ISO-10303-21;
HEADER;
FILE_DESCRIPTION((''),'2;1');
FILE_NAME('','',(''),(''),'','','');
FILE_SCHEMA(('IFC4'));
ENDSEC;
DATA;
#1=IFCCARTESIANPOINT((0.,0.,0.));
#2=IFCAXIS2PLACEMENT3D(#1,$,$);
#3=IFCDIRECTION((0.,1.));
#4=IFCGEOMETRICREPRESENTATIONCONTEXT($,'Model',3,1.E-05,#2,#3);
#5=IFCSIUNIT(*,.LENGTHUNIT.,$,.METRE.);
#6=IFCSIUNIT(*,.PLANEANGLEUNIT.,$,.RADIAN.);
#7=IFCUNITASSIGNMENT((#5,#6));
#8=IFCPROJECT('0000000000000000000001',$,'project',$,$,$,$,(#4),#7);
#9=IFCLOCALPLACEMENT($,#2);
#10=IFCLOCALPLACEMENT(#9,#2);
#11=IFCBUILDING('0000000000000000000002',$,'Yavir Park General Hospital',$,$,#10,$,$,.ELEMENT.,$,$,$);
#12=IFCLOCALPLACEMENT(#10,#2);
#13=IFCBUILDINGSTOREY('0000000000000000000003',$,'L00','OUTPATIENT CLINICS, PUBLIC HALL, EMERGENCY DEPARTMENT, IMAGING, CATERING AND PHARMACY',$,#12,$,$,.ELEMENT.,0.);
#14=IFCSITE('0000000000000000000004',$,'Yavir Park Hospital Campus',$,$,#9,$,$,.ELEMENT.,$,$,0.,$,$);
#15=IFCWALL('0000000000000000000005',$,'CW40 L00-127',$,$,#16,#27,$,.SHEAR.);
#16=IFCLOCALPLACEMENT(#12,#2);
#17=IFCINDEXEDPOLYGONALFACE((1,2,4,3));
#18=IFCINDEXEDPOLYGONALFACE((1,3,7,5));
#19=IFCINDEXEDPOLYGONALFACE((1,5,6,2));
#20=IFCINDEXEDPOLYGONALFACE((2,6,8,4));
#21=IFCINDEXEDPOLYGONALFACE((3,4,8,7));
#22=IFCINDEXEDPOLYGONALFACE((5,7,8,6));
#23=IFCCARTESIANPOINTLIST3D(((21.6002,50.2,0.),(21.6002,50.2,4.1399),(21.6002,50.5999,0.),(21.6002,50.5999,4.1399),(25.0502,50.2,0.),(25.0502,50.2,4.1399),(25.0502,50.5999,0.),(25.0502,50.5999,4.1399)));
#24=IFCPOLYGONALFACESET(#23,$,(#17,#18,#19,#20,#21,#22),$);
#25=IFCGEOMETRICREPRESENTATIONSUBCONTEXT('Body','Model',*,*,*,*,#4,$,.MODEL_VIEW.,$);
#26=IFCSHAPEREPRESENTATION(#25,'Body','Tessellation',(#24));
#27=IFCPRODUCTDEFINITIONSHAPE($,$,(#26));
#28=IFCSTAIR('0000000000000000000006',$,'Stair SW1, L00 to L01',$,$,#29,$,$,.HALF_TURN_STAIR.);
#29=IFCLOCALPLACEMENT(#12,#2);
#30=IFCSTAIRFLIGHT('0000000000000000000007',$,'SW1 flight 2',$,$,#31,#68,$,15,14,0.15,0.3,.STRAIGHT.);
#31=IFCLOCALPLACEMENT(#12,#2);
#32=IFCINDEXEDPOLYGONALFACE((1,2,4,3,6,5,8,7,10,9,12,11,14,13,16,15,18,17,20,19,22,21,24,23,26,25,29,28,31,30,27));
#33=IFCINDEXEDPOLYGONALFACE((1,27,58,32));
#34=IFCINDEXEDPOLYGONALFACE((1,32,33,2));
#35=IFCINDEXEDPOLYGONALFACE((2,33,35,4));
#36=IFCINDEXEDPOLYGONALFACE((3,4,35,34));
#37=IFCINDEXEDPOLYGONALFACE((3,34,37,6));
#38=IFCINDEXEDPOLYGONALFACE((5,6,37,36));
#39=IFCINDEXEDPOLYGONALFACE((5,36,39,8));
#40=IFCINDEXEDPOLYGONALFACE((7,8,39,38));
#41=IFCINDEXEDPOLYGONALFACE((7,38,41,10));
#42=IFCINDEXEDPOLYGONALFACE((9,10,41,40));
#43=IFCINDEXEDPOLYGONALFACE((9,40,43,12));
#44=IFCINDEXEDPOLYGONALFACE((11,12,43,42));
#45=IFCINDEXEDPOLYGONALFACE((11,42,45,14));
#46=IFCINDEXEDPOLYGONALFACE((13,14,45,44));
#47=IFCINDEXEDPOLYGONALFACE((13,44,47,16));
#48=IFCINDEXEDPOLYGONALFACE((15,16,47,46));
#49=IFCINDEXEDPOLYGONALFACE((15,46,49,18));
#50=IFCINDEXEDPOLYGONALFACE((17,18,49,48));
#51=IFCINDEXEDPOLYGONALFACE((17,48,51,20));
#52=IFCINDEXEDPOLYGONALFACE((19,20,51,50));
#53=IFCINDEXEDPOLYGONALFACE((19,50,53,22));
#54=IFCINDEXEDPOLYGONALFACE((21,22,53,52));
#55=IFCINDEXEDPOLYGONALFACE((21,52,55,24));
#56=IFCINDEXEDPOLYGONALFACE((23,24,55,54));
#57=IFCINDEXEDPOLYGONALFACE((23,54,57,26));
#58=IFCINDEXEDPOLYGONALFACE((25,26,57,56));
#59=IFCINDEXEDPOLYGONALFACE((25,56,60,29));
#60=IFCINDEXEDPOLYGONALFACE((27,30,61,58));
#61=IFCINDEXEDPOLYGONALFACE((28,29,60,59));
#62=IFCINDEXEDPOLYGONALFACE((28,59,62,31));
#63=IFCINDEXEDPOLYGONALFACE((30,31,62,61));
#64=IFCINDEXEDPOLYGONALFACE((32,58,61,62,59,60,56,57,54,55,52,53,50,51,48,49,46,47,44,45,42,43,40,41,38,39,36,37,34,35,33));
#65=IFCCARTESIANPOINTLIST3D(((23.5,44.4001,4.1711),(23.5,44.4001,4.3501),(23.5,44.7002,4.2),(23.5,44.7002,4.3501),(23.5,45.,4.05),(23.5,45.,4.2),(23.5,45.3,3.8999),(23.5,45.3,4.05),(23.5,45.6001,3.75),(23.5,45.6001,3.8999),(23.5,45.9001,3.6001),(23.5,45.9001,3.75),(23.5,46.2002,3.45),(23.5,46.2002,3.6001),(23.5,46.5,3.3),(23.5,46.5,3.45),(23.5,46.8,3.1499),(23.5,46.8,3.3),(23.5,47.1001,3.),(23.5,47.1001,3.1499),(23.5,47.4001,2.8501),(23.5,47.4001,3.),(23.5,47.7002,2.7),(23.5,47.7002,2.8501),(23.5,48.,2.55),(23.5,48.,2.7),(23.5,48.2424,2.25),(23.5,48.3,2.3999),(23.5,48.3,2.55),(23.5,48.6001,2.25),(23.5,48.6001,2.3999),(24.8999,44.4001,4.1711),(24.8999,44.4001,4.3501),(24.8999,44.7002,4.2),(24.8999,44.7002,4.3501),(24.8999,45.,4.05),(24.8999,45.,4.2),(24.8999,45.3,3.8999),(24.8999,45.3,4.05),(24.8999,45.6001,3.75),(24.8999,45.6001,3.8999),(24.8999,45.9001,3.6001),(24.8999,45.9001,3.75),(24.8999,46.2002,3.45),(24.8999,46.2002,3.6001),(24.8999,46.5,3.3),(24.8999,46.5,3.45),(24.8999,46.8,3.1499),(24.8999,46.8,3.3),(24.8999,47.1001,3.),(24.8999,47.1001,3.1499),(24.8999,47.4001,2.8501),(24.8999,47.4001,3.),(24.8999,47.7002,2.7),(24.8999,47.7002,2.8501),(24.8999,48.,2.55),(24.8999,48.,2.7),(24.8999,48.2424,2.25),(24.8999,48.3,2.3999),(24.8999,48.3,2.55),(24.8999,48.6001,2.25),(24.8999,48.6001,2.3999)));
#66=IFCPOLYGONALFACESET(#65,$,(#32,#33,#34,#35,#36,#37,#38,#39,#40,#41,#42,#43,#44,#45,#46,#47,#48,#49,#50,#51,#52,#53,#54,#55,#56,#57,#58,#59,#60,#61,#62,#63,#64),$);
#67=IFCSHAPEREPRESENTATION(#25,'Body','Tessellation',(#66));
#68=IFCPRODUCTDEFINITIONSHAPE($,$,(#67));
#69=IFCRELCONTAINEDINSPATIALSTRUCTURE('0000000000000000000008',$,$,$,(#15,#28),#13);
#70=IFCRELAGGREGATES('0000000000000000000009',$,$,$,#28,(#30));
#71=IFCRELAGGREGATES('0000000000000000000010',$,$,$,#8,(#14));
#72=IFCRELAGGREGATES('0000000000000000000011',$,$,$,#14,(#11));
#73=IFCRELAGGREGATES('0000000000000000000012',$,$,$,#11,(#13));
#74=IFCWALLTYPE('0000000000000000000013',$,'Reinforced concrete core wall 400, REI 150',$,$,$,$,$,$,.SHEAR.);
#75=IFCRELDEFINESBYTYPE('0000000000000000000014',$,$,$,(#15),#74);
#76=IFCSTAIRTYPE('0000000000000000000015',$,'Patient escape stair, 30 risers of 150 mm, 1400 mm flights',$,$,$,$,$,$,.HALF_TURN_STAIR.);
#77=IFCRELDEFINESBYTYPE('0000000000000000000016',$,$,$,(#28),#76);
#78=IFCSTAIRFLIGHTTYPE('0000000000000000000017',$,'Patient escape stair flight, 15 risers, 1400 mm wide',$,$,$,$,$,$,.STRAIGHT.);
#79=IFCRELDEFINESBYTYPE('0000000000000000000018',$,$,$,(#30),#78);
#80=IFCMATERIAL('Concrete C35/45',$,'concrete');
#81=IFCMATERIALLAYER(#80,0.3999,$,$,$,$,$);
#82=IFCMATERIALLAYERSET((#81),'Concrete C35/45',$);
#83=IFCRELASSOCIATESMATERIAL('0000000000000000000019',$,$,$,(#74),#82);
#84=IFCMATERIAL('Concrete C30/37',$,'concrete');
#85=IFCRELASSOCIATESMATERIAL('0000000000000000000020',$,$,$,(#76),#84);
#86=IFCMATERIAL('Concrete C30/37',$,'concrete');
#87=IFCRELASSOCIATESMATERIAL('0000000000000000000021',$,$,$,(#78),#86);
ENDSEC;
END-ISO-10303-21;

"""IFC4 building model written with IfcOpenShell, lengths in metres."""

from ifc_helpers import new_model, si_unit, direction, frame, frame_2d, origin, place, context, subcontext, project, spatial, polyline, rectangle, outline, extrude, material, layer, layer_set, type_object, element, aggregate, save


model = new_model("IFC4")

# Units and contexts
model_context = context("Model", 3, precision=1e-05, world=origin(), true_north=direction((0.0, 1.0)))
body_context = subcontext(model_context, "Body", "Model", "MODEL_VIEW")
ifc_project = project(units=[si_unit("LENGTHUNIT", "METRE"), si_unit("PLANEANGLEUNIT", "RADIAN")], contexts=[model_context])

# Site, building, storey
site_placement = place(None, origin())
site = spatial("IfcSite", under=ifc_project, at=site_placement, Name="Yavir Park Hospital Campus", CompositionType="ELEMENT", RefElevation=0.0)
building_placement = place(site_placement, origin())
building = spatial("IfcBuilding", under=site, at=building_placement, Name="Yavir Park General Hospital", CompositionType="ELEMENT")
storey_placement = place(building_placement, origin())
storey = spatial("IfcBuildingStorey", under=building, at=storey_placement, Name="L00", Description="OUTPATIENT CLINICS, PUBLIC HALL, EMERGENCY DEPARTMENT, IMAGING, CATERING AND PHARMACY", CompositionType="ELEMENT", Elevation=0.0)

# Wall
ifc_material_1 = material(Name="Concrete C35/45", Category="concrete")
ifc_layer_1 = layer(ifc_material_1, 0.3999)
ifc_layer_set_1 = layer_set([ifc_layer_1], Name="Concrete C35/45")
wall_type_1 = type_object("IfcWallType", Name="Reinforced concrete core wall 400, REI 150", PredefinedType="SHEAR", material=ifc_layer_set_1)
wall_1_placement = place(storey_placement, frame((21.6001, 50.3999, 0.0), z_axis=(0.0, 0.0, 1.0), x_axis=(1.0, 0.0, 0.0)))
element("IfcWall", 1, at=wall_1_placement, inside=storey, type_object=wall_type_1, Name="CW40 L00-127", PredefinedType="SHEAR", context=body_context, shape_type="SweptSolid", body=[
    extrude(rectangle(XDim=3.45, YDim=0.3999, at=frame_2d((1.7251, 0.0))), origin(), (0.0, 0.0, 1.0), 4.1399),
])

# Stair, stair flight
ifc_material_2 = material(Name="Concrete C30/37", Category="concrete")
stair_type = type_object("IfcStairType", Name="Patient escape stair, 30 risers of 150 mm, 1400 mm flights", PredefinedType="HALF_TURN_STAIR", material=ifc_material_2)
stair_placement = place(storey_placement, origin())
stair = element("IfcStair", 2, at=stair_placement, inside=storey, type_object=stair_type, Name="Stair SW1, L00 to L01", PredefinedType="HALF_TURN_STAIR")
ifc_material_3 = material(Name="Concrete C30/37", Category="concrete")
stair_flight_type = type_object("IfcStairFlightType", Name="Patient escape stair flight, 15 risers, 1400 mm wide", PredefinedType="STRAIGHT", material=ifc_material_3)
stair_flight_placement = place(storey_placement, frame((24.2, 48.6001, 2.25), z_axis=(0.0, 0.0, 1.0), x_axis=(0.0, -1.0, 0.0)))
stair_flight = element("IfcStairFlight", 3, at=stair_flight_placement, type_object=stair_flight_type, Name="SW1 flight 2", NumberOfRisers=15, NumberOfTreads=14, PredefinedType="STRAIGHT", RiserHeight=0.15, TreadLength=0.3, context=body_context, shape_type="SweptSolid", body=[
    extrude(outline(polyline([(0.0, 0.0), (0.0, 0.1499), (0.3, 0.1499), (0.3, 0.3), (0.6001, 0.3), (0.6001, 0.45), (0.8999, 0.45), (0.8999, 0.6001), (1.2, 0.6001), (1.2, 0.75), (1.5, 0.75), (1.5, 0.8999), (1.8, 0.8999), (1.8, 1.05), (2.1001, 1.05), (2.1001, 1.2), (2.3999, 1.2), (2.3999, 1.3501), (2.7, 1.3501), (2.7, 1.5), (3.0, 1.5), (3.0, 1.6499), (3.3, 1.6499), (3.3, 1.8), (3.6001, 1.8), (3.6001, 1.95), (3.8999, 1.95), (3.8999, 2.1001), (4.2, 2.1001), (4.2, 2.25), (4.2, 1.9211), (0.3577, 0.0), (0.0, 0.0)])), frame((0.0, 0.7, 0.0), z_axis=(0.0, -1.0, 0.0), x_axis=(1.0, 0.0, 0.0)), (0.0, 0.0, 1.0), 1.3999),
])
aggregate(stair, [stair_flight])

save(model, "model.ifc")
